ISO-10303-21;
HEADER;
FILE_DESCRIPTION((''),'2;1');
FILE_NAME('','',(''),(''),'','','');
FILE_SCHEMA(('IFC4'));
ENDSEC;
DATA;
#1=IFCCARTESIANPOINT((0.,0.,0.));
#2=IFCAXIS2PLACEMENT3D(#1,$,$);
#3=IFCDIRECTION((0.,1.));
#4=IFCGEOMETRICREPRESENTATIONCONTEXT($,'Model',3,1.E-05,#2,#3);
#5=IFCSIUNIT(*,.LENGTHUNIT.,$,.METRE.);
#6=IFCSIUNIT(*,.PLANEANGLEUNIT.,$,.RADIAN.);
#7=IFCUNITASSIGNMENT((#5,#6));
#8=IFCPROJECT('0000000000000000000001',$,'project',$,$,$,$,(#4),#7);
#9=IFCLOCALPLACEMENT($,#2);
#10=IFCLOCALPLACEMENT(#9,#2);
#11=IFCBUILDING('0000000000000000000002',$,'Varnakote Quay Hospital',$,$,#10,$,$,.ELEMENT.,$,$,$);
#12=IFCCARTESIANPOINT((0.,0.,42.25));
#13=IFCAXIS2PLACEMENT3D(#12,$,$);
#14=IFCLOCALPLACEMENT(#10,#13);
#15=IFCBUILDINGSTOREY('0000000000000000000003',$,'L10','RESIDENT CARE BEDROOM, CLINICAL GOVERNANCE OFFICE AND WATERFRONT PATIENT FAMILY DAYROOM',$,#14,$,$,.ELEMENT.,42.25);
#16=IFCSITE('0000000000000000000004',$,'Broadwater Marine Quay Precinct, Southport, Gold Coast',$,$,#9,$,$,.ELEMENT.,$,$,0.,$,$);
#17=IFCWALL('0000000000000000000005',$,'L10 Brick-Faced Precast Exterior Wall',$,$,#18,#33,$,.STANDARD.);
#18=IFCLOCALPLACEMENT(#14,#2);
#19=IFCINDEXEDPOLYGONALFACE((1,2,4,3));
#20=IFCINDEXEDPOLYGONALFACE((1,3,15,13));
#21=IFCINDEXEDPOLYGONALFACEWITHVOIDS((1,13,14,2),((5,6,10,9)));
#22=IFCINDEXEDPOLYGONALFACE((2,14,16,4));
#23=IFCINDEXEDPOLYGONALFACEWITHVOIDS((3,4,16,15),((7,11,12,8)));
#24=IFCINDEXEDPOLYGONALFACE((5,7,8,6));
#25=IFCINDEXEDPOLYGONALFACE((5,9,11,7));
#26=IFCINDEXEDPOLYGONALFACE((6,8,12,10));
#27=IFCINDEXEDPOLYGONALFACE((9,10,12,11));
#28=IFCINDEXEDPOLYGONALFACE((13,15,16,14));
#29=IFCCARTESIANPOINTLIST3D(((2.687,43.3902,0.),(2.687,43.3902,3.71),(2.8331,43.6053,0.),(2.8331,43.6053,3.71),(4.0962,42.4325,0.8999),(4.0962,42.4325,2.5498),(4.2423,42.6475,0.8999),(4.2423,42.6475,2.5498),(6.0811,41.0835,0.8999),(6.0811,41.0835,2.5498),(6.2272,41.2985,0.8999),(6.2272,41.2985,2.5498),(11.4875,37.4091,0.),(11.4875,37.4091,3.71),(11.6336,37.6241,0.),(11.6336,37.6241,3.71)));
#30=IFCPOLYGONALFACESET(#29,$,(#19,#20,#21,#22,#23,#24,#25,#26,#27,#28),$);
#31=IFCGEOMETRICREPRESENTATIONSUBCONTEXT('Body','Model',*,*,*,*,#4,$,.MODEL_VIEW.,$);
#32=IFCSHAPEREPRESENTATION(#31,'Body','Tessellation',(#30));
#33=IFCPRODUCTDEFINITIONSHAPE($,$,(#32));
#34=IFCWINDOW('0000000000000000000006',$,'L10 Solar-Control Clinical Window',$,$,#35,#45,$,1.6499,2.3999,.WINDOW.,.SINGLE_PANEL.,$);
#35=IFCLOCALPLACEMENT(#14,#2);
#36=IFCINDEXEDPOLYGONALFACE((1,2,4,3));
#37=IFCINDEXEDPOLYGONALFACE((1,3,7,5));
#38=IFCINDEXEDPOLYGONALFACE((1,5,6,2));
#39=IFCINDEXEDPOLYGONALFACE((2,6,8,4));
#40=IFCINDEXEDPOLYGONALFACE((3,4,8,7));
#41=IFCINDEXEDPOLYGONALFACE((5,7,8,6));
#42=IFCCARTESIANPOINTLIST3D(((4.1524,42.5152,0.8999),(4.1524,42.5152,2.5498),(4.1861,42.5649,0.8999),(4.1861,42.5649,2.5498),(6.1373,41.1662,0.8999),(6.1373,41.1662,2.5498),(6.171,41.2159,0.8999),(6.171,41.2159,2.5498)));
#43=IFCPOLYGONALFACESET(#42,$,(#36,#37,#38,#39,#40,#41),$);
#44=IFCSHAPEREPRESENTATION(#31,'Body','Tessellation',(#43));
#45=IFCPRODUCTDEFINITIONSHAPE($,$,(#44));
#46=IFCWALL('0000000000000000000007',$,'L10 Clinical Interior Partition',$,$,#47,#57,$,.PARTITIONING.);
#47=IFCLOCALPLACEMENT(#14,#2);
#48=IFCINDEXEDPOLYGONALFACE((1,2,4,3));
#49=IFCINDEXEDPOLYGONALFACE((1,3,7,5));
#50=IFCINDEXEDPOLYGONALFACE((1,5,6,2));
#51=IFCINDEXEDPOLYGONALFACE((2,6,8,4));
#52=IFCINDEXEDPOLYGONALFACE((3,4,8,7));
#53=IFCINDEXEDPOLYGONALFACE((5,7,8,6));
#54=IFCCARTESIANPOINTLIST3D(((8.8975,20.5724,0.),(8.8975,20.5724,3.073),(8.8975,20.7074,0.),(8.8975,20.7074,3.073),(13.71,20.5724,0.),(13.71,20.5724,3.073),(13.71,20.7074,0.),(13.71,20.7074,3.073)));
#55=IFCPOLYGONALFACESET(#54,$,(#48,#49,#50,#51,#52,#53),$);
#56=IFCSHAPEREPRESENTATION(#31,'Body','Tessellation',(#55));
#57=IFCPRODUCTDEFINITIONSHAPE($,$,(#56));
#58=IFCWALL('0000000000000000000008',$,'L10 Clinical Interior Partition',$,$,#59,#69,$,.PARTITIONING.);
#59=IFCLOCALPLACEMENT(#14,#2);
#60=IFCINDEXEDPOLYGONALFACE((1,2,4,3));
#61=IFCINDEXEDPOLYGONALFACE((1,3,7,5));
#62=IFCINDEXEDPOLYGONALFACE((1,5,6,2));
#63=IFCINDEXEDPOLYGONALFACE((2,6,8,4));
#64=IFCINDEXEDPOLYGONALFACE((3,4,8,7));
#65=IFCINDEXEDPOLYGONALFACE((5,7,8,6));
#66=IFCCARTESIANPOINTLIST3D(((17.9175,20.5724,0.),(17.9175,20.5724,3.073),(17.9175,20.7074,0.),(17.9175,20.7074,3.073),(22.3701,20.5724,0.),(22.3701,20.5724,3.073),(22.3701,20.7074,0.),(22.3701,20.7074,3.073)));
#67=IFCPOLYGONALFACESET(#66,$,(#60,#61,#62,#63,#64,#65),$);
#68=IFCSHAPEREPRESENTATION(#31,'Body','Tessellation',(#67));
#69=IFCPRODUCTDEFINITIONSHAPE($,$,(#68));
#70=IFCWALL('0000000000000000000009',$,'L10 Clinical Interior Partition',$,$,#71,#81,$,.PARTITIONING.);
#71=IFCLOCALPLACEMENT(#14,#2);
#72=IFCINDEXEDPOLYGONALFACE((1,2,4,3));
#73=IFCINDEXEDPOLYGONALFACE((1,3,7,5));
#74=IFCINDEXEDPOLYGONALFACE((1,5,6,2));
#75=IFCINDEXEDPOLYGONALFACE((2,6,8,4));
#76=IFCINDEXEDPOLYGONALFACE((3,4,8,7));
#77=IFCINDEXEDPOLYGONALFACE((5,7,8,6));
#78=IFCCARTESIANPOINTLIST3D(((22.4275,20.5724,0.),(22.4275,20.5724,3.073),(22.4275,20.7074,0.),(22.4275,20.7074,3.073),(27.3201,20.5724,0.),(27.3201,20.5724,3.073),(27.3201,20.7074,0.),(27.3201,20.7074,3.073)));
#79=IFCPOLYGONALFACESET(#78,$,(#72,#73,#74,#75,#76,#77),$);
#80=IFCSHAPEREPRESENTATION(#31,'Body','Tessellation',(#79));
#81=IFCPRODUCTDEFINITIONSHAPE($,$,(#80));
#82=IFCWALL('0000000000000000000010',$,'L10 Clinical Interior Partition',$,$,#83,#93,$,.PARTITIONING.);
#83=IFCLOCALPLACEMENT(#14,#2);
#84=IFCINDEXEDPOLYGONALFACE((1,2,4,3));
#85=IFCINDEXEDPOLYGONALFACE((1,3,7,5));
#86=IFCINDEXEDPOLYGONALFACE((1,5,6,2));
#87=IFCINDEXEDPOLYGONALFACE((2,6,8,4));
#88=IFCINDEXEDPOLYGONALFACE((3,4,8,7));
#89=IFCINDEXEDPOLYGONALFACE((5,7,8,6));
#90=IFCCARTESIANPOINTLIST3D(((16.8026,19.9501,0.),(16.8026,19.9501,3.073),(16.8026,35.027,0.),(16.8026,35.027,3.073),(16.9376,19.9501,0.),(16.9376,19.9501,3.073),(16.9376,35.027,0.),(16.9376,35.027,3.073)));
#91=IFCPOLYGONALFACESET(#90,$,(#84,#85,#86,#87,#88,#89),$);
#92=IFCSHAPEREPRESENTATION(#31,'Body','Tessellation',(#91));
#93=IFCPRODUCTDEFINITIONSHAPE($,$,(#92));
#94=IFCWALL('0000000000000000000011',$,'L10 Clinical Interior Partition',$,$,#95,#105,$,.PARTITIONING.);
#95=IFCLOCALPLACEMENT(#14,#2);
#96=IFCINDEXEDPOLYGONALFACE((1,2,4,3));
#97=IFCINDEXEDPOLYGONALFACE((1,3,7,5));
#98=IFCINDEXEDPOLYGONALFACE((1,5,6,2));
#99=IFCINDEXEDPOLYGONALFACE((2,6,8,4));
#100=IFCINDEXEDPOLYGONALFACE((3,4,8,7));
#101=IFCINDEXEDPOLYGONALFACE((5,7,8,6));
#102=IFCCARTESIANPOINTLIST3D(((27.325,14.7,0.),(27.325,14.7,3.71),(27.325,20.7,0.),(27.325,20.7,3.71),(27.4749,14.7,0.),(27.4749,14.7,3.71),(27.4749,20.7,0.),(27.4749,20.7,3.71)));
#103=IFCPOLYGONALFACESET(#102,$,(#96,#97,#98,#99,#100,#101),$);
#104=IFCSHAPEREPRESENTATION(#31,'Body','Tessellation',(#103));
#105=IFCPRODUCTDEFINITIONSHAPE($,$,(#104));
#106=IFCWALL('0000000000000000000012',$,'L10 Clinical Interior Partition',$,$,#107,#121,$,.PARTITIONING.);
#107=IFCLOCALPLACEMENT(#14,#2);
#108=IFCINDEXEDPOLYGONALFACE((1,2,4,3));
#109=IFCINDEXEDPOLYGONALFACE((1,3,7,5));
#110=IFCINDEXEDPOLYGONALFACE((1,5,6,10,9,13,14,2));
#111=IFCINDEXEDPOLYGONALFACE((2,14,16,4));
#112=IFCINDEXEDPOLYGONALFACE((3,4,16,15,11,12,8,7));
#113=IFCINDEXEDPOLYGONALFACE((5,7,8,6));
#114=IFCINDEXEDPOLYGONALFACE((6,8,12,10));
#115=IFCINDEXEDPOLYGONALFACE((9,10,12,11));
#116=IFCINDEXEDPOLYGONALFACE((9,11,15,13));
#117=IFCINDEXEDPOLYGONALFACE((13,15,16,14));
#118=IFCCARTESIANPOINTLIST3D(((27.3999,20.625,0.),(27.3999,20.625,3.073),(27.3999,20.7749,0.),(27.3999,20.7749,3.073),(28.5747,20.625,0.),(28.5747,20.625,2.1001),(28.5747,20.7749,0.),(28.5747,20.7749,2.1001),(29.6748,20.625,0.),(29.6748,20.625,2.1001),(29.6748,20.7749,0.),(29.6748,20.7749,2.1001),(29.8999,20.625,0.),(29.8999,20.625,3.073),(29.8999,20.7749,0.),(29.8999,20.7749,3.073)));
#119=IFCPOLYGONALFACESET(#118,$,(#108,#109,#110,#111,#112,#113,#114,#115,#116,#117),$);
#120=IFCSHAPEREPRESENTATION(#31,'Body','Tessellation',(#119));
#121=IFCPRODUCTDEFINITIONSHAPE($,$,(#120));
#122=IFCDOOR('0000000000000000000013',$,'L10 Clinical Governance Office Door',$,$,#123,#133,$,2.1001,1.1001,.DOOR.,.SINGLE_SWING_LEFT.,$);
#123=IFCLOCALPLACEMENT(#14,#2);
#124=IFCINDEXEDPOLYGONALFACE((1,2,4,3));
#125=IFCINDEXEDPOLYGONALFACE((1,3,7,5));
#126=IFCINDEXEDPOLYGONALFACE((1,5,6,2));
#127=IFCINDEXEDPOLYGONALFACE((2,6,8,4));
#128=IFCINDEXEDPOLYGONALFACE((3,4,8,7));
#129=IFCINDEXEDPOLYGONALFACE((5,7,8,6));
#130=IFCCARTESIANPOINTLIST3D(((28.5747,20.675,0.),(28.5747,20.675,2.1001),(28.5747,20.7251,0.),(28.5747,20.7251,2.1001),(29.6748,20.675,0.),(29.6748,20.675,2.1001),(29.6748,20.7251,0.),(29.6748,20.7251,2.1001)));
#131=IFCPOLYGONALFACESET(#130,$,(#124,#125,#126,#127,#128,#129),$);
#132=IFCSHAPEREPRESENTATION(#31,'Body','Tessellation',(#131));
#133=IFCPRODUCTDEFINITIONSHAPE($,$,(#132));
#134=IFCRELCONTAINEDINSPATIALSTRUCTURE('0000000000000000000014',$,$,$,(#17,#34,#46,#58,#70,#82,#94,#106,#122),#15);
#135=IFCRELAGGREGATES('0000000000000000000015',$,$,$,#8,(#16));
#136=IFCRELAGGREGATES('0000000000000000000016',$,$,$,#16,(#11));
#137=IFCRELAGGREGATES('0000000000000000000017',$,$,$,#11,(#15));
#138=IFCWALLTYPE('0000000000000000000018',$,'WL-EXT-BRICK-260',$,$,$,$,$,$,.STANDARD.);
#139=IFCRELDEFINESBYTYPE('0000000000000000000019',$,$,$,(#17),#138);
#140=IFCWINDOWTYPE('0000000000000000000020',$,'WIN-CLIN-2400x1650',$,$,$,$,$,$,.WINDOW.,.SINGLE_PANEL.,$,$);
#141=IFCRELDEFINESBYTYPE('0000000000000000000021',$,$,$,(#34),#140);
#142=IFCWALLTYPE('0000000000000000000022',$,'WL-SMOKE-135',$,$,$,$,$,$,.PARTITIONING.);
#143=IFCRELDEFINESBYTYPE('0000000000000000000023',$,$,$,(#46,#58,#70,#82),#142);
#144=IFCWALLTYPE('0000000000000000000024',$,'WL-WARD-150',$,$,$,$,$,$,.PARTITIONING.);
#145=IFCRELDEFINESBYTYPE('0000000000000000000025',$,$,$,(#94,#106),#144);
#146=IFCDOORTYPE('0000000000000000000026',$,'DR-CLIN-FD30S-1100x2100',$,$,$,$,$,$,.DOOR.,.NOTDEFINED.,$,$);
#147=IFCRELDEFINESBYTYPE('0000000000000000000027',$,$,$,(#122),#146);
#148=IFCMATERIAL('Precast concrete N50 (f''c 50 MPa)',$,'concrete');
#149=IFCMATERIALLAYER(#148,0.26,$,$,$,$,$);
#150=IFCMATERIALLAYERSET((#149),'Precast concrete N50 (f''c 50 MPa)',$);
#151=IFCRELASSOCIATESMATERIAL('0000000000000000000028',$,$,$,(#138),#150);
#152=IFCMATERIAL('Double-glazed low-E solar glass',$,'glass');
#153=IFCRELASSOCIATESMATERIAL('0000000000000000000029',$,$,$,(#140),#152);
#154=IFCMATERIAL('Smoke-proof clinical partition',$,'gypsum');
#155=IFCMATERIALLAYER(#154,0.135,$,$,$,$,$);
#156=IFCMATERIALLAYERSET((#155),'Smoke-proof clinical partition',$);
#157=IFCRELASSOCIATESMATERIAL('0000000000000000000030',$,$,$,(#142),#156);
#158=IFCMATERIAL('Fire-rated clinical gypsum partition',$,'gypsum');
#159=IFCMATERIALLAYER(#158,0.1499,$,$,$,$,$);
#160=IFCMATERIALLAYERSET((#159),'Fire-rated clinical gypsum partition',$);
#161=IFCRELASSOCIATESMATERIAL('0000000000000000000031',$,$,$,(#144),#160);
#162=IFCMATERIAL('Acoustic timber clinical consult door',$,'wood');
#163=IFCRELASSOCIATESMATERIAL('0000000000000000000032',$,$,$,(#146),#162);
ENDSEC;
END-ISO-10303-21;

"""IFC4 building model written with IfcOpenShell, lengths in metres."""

from ifc_helpers import new_model, si_unit, direction, frame, frame_2d, origin, place, context, subcontext, project, spatial, rectangle, extrude, material, layer, layer_set, type_object, element, fill, save


model = new_model("IFC4")

# Units and contexts
model_context = context("Model", 3, precision=1e-05, world=origin(), true_north=direction((0.0, 1.0)))
body_context = subcontext(model_context, "Body", "Model", "MODEL_VIEW")
ifc_project = project(units=[si_unit("LENGTHUNIT", "METRE"), si_unit("PLANEANGLEUNIT", "RADIAN")], contexts=[model_context])

# Site, building, storey
site_placement = place(None, origin())
site = spatial("IfcSite", under=ifc_project, at=site_placement, Name="Broadwater Marine Quay Precinct, Southport, Gold Coast", CompositionType="ELEMENT", RefElevation=0.0)
building_placement = place(site_placement, origin())
building = spatial("IfcBuilding", under=site, at=building_placement, Name="Varnakote Quay Hospital", CompositionType="ELEMENT")
storey_placement = place(building_placement, frame((0.0, 0.0, 42.25)))
storey = spatial("IfcBuildingStorey", under=building, at=storey_placement, Name="L10", Description="RESIDENT CARE BEDROOM, CLINICAL GOVERNANCE OFFICE AND WATERFRONT PATIENT FAMILY DAYROOM", CompositionType="ELEMENT", Elevation=42.25)

# Wall, opening, window
ifc_material_1 = material(Name="Precast concrete N50 (f'c 50 MPa)", Category="concrete")
ifc_layer_1 = layer(ifc_material_1, 0.26)
ifc_layer_set_1 = layer_set([ifc_layer_1], Name="Precast concrete N50 (f'c 50 MPa)")
wall_type_1 = type_object("IfcWallType", Name="WL-EXT-BRICK-260", PredefinedType="STANDARD", material=ifc_layer_set_1)
ifc_material_2 = material(Name="Double-glazed low-E solar glass", Category="glass")
window_type = type_object("IfcWindowType", Name="WIN-CLIN-2400x1650", PartitioningType="SINGLE_PANEL", PredefinedType="WINDOW", material=ifc_material_2)
wall_1_placement = place(storey_placement, frame((11.5605, 37.5166, 0.0), z_axis=(0.0, 0.0, 1.0), x_axis=(-0.827065, 0.562107, 0.0)))
wall_1 = element("IfcWall", 1, at=wall_1_placement, inside=storey, type_object=wall_type_1, Name="L10 Brick-Faced Precast Exterior Wall", PredefinedType="STANDARD", context=body_context, shape_type="SweptSolid", body=[
    extrude(rectangle(XDim=10.6406, YDim=0.26, at=frame_2d((5.3203, 0.0))), origin(), (0.0, 0.0, 1.0), 3.71),
])
opening_1_placement = place(wall_1_placement, frame((6.5369, 0.0, 0.8999)))
opening_1 = element("IfcOpeningElement", 2, at=opening_1_placement, cuts=wall_1, PredefinedType="OPENING", context=body_context, shape_type="SweptSolid", body=[
    extrude(rectangle(XDim=2.3999, YDim=1.6499, at=frame_2d((1.2, 0.825))), frame((0.0, 0.1399, 0.0), z_axis=(0.0, -1.0, 0.0), x_axis=(1.0, 0.0, 0.0)), (0.0, 0.0, 1.0), 0.28),
])
window_1_placement = place(opening_1_placement, origin())
window_1 = element("IfcWindow", 3, at=window_1_placement, inside=storey, type_object=window_type, Name="L10 Solar-Control Clinical Window", OverallHeight=1.6499, OverallWidth=2.3999, PartitioningType="SINGLE_PANEL", PredefinedType="WINDOW", context=body_context, shape_type="SweptSolid", body=[
    extrude(rectangle(XDim=2.3999, YDim=1.6499, at=frame_2d((1.2, 0.825))), frame((0.0, 0.03, 0.0), z_axis=(0.0, -1.0, 0.0), x_axis=(1.0, 0.0, 0.0)), (0.0, 0.0, 1.0), 0.0601),
])
fill(opening_1, window_1)

# Walls
ifc_material_3 = material(Name="Smoke-proof clinical partition", Category="gypsum")
ifc_layer_2 = layer(ifc_material_3, 0.135)
ifc_layer_set_2 = layer_set([ifc_layer_2], Name="Smoke-proof clinical partition")
wall_type_2 = type_object("IfcWallType", Name="WL-SMOKE-135", PredefinedType="PARTITIONING", material=ifc_layer_set_2)
wall_2_placement = place(storey_placement, frame((13.71, 20.6399, 0.0), z_axis=(0.0, 0.0, 1.0), x_axis=(-1.0, 0.0, 0.0)))
element("IfcWall", 4, at=wall_2_placement, inside=storey, type_object=wall_type_2, Name="L10 Clinical Interior Partition", PredefinedType="PARTITIONING", context=body_context, shape_type="SweptSolid", body=[
    extrude(rectangle(XDim=4.8125, YDim=0.135, at=frame_2d((2.4062, 0.0))), origin(), (0.0, 0.0, 1.0), 3.073),
])
wall_3_placement = place(storey_placement, frame((22.3701, 20.6399, 0.0), z_axis=(0.0, 0.0, 1.0), x_axis=(-1.0, 0.0, 0.0)))
element("IfcWall", 5, at=wall_3_placement, inside=storey, type_object=wall_type_2, Name="L10 Clinical Interior Partition", PredefinedType="PARTITIONING", context=body_context, shape_type="SweptSolid", body=[
    extrude(rectangle(XDim=4.4526, YDim=0.135, at=frame_2d((2.2263, 0.0))), origin(), (0.0, 0.0, 1.0), 3.073),
])
wall_4_placement = place(storey_placement, frame((27.3201, 20.6399, 0.0), z_axis=(0.0, 0.0, 1.0), x_axis=(-1.0, 0.0, 0.0)))
element("IfcWall", 6, at=wall_4_placement, inside=storey, type_object=wall_type_2, Name="L10 Clinical Interior Partition", PredefinedType="PARTITIONING", context=body_context, shape_type="SweptSolid", body=[
    extrude(rectangle(XDim=4.8926, YDim=0.135, at=frame_2d((2.4463, 0.0))), origin(), (0.0, 0.0, 1.0), 3.073),
])
wall_5_placement = place(storey_placement, frame((16.8701, 19.95, 0.0), z_axis=(0.0, 0.0, 1.0), x_axis=(0.0, 1.0, 0.0)))
element("IfcWall", 7, at=wall_5_placement, inside=storey, type_object=wall_type_2, Name="L10 Clinical Interior Partition", PredefinedType="PARTITIONING", context=body_context, shape_type="SweptSolid", body=[
    extrude(rectangle(XDim=15.0769, YDim=0.135, at=frame_2d((7.5386, 0.0))), origin(), (0.0, 0.0, 1.0), 3.073),
])
ifc_material_4 = material(Name="Fire-rated clinical gypsum partition", Category="gypsum")
ifc_layer_3 = layer(ifc_material_4, 0.1499)
ifc_layer_set_3 = layer_set([ifc_layer_3], Name="Fire-rated clinical gypsum partition")
wall_type_3 = type_object("IfcWallType", Name="WL-WARD-150", PredefinedType="PARTITIONING", material=ifc_layer_set_3)
wall_6_placement = place(storey_placement, frame((27.3999, 20.7, 0.0), z_axis=(0.0, 0.0, 1.0), x_axis=(0.0, -1.0, 0.0)))
element("IfcWall", 8, at=wall_6_placement, inside=storey, type_object=wall_type_3, Name="L10 Clinical Interior Partition", PredefinedType="PARTITIONING", context=body_context, shape_type="SweptSolid", body=[
    extrude(rectangle(XDim=6.0, YDim=0.1499, at=frame_2d((3.0, 0.0))), origin(), (0.0, 0.0, 1.0), 3.71),
])

# Wall, opening, door
wall_7_placement = place(storey_placement, frame((29.8999, 20.7, 0.0), z_axis=(0.0, 0.0, 1.0), x_axis=(-1.0, 0.0, 0.0)))
wall_7 = element("IfcWall", 9, at=wall_7_placement, inside=storey, type_object=wall_type_3, Name="L10 Clinical Interior Partition", PredefinedType="PARTITIONING", context=body_context, shape_type="SweptSolid", body=[
    extrude(rectangle(XDim=2.5, YDim=0.1499, at=frame_2d((1.25, 0.0))), origin(), (0.0, 0.0, 1.0), 3.073),
])
opening_2_placement = place(wall_7_placement, frame((0.2251, 0.0, 0.0)))
opening_2 = element("IfcOpeningElement", 10, at=opening_2_placement, cuts=wall_7, PredefinedType="OPENING", context=body_context, shape_type="SweptSolid", body=[
    extrude(rectangle(XDim=1.1001, YDim=2.1001, at=frame_2d((0.55, 1.05))), frame((0.0, 0.085, 0.0), z_axis=(0.0, -1.0, 0.0), x_axis=(1.0, 0.0, 0.0)), (0.0, 0.0, 1.0), 0.1699),
])
ifc_material_5 = material(Name="Acoustic timber clinical consult door", Category="wood")
door_type = type_object("IfcDoorType", Name="DR-CLIN-FD30S-1100x2100", OperationType="NOTDEFINED", PredefinedType="DOOR", material=ifc_material_5)
door_placement = place(opening_2_placement, origin())
door = element("IfcDoor", 11, at=door_placement, inside=storey, type_object=door_type, Name="L10 Clinical Governance Office Door", OperationType="SINGLE_SWING_LEFT", OverallHeight=2.1001, OverallWidth=1.1001, PredefinedType="DOOR", context=body_context, shape_type="SweptSolid", body=[
    extrude(rectangle(XDim=1.1001, YDim=2.1001, at=frame_2d((0.55, 1.05))), frame((0.0, 0.0249, 0.0), z_axis=(0.0, -1.0, 0.0), x_axis=(1.0, 0.0, 0.0)), (0.0, 0.0, 1.0), 0.05),
])
fill(opening_2, door)

save(model, "model.ifc")
